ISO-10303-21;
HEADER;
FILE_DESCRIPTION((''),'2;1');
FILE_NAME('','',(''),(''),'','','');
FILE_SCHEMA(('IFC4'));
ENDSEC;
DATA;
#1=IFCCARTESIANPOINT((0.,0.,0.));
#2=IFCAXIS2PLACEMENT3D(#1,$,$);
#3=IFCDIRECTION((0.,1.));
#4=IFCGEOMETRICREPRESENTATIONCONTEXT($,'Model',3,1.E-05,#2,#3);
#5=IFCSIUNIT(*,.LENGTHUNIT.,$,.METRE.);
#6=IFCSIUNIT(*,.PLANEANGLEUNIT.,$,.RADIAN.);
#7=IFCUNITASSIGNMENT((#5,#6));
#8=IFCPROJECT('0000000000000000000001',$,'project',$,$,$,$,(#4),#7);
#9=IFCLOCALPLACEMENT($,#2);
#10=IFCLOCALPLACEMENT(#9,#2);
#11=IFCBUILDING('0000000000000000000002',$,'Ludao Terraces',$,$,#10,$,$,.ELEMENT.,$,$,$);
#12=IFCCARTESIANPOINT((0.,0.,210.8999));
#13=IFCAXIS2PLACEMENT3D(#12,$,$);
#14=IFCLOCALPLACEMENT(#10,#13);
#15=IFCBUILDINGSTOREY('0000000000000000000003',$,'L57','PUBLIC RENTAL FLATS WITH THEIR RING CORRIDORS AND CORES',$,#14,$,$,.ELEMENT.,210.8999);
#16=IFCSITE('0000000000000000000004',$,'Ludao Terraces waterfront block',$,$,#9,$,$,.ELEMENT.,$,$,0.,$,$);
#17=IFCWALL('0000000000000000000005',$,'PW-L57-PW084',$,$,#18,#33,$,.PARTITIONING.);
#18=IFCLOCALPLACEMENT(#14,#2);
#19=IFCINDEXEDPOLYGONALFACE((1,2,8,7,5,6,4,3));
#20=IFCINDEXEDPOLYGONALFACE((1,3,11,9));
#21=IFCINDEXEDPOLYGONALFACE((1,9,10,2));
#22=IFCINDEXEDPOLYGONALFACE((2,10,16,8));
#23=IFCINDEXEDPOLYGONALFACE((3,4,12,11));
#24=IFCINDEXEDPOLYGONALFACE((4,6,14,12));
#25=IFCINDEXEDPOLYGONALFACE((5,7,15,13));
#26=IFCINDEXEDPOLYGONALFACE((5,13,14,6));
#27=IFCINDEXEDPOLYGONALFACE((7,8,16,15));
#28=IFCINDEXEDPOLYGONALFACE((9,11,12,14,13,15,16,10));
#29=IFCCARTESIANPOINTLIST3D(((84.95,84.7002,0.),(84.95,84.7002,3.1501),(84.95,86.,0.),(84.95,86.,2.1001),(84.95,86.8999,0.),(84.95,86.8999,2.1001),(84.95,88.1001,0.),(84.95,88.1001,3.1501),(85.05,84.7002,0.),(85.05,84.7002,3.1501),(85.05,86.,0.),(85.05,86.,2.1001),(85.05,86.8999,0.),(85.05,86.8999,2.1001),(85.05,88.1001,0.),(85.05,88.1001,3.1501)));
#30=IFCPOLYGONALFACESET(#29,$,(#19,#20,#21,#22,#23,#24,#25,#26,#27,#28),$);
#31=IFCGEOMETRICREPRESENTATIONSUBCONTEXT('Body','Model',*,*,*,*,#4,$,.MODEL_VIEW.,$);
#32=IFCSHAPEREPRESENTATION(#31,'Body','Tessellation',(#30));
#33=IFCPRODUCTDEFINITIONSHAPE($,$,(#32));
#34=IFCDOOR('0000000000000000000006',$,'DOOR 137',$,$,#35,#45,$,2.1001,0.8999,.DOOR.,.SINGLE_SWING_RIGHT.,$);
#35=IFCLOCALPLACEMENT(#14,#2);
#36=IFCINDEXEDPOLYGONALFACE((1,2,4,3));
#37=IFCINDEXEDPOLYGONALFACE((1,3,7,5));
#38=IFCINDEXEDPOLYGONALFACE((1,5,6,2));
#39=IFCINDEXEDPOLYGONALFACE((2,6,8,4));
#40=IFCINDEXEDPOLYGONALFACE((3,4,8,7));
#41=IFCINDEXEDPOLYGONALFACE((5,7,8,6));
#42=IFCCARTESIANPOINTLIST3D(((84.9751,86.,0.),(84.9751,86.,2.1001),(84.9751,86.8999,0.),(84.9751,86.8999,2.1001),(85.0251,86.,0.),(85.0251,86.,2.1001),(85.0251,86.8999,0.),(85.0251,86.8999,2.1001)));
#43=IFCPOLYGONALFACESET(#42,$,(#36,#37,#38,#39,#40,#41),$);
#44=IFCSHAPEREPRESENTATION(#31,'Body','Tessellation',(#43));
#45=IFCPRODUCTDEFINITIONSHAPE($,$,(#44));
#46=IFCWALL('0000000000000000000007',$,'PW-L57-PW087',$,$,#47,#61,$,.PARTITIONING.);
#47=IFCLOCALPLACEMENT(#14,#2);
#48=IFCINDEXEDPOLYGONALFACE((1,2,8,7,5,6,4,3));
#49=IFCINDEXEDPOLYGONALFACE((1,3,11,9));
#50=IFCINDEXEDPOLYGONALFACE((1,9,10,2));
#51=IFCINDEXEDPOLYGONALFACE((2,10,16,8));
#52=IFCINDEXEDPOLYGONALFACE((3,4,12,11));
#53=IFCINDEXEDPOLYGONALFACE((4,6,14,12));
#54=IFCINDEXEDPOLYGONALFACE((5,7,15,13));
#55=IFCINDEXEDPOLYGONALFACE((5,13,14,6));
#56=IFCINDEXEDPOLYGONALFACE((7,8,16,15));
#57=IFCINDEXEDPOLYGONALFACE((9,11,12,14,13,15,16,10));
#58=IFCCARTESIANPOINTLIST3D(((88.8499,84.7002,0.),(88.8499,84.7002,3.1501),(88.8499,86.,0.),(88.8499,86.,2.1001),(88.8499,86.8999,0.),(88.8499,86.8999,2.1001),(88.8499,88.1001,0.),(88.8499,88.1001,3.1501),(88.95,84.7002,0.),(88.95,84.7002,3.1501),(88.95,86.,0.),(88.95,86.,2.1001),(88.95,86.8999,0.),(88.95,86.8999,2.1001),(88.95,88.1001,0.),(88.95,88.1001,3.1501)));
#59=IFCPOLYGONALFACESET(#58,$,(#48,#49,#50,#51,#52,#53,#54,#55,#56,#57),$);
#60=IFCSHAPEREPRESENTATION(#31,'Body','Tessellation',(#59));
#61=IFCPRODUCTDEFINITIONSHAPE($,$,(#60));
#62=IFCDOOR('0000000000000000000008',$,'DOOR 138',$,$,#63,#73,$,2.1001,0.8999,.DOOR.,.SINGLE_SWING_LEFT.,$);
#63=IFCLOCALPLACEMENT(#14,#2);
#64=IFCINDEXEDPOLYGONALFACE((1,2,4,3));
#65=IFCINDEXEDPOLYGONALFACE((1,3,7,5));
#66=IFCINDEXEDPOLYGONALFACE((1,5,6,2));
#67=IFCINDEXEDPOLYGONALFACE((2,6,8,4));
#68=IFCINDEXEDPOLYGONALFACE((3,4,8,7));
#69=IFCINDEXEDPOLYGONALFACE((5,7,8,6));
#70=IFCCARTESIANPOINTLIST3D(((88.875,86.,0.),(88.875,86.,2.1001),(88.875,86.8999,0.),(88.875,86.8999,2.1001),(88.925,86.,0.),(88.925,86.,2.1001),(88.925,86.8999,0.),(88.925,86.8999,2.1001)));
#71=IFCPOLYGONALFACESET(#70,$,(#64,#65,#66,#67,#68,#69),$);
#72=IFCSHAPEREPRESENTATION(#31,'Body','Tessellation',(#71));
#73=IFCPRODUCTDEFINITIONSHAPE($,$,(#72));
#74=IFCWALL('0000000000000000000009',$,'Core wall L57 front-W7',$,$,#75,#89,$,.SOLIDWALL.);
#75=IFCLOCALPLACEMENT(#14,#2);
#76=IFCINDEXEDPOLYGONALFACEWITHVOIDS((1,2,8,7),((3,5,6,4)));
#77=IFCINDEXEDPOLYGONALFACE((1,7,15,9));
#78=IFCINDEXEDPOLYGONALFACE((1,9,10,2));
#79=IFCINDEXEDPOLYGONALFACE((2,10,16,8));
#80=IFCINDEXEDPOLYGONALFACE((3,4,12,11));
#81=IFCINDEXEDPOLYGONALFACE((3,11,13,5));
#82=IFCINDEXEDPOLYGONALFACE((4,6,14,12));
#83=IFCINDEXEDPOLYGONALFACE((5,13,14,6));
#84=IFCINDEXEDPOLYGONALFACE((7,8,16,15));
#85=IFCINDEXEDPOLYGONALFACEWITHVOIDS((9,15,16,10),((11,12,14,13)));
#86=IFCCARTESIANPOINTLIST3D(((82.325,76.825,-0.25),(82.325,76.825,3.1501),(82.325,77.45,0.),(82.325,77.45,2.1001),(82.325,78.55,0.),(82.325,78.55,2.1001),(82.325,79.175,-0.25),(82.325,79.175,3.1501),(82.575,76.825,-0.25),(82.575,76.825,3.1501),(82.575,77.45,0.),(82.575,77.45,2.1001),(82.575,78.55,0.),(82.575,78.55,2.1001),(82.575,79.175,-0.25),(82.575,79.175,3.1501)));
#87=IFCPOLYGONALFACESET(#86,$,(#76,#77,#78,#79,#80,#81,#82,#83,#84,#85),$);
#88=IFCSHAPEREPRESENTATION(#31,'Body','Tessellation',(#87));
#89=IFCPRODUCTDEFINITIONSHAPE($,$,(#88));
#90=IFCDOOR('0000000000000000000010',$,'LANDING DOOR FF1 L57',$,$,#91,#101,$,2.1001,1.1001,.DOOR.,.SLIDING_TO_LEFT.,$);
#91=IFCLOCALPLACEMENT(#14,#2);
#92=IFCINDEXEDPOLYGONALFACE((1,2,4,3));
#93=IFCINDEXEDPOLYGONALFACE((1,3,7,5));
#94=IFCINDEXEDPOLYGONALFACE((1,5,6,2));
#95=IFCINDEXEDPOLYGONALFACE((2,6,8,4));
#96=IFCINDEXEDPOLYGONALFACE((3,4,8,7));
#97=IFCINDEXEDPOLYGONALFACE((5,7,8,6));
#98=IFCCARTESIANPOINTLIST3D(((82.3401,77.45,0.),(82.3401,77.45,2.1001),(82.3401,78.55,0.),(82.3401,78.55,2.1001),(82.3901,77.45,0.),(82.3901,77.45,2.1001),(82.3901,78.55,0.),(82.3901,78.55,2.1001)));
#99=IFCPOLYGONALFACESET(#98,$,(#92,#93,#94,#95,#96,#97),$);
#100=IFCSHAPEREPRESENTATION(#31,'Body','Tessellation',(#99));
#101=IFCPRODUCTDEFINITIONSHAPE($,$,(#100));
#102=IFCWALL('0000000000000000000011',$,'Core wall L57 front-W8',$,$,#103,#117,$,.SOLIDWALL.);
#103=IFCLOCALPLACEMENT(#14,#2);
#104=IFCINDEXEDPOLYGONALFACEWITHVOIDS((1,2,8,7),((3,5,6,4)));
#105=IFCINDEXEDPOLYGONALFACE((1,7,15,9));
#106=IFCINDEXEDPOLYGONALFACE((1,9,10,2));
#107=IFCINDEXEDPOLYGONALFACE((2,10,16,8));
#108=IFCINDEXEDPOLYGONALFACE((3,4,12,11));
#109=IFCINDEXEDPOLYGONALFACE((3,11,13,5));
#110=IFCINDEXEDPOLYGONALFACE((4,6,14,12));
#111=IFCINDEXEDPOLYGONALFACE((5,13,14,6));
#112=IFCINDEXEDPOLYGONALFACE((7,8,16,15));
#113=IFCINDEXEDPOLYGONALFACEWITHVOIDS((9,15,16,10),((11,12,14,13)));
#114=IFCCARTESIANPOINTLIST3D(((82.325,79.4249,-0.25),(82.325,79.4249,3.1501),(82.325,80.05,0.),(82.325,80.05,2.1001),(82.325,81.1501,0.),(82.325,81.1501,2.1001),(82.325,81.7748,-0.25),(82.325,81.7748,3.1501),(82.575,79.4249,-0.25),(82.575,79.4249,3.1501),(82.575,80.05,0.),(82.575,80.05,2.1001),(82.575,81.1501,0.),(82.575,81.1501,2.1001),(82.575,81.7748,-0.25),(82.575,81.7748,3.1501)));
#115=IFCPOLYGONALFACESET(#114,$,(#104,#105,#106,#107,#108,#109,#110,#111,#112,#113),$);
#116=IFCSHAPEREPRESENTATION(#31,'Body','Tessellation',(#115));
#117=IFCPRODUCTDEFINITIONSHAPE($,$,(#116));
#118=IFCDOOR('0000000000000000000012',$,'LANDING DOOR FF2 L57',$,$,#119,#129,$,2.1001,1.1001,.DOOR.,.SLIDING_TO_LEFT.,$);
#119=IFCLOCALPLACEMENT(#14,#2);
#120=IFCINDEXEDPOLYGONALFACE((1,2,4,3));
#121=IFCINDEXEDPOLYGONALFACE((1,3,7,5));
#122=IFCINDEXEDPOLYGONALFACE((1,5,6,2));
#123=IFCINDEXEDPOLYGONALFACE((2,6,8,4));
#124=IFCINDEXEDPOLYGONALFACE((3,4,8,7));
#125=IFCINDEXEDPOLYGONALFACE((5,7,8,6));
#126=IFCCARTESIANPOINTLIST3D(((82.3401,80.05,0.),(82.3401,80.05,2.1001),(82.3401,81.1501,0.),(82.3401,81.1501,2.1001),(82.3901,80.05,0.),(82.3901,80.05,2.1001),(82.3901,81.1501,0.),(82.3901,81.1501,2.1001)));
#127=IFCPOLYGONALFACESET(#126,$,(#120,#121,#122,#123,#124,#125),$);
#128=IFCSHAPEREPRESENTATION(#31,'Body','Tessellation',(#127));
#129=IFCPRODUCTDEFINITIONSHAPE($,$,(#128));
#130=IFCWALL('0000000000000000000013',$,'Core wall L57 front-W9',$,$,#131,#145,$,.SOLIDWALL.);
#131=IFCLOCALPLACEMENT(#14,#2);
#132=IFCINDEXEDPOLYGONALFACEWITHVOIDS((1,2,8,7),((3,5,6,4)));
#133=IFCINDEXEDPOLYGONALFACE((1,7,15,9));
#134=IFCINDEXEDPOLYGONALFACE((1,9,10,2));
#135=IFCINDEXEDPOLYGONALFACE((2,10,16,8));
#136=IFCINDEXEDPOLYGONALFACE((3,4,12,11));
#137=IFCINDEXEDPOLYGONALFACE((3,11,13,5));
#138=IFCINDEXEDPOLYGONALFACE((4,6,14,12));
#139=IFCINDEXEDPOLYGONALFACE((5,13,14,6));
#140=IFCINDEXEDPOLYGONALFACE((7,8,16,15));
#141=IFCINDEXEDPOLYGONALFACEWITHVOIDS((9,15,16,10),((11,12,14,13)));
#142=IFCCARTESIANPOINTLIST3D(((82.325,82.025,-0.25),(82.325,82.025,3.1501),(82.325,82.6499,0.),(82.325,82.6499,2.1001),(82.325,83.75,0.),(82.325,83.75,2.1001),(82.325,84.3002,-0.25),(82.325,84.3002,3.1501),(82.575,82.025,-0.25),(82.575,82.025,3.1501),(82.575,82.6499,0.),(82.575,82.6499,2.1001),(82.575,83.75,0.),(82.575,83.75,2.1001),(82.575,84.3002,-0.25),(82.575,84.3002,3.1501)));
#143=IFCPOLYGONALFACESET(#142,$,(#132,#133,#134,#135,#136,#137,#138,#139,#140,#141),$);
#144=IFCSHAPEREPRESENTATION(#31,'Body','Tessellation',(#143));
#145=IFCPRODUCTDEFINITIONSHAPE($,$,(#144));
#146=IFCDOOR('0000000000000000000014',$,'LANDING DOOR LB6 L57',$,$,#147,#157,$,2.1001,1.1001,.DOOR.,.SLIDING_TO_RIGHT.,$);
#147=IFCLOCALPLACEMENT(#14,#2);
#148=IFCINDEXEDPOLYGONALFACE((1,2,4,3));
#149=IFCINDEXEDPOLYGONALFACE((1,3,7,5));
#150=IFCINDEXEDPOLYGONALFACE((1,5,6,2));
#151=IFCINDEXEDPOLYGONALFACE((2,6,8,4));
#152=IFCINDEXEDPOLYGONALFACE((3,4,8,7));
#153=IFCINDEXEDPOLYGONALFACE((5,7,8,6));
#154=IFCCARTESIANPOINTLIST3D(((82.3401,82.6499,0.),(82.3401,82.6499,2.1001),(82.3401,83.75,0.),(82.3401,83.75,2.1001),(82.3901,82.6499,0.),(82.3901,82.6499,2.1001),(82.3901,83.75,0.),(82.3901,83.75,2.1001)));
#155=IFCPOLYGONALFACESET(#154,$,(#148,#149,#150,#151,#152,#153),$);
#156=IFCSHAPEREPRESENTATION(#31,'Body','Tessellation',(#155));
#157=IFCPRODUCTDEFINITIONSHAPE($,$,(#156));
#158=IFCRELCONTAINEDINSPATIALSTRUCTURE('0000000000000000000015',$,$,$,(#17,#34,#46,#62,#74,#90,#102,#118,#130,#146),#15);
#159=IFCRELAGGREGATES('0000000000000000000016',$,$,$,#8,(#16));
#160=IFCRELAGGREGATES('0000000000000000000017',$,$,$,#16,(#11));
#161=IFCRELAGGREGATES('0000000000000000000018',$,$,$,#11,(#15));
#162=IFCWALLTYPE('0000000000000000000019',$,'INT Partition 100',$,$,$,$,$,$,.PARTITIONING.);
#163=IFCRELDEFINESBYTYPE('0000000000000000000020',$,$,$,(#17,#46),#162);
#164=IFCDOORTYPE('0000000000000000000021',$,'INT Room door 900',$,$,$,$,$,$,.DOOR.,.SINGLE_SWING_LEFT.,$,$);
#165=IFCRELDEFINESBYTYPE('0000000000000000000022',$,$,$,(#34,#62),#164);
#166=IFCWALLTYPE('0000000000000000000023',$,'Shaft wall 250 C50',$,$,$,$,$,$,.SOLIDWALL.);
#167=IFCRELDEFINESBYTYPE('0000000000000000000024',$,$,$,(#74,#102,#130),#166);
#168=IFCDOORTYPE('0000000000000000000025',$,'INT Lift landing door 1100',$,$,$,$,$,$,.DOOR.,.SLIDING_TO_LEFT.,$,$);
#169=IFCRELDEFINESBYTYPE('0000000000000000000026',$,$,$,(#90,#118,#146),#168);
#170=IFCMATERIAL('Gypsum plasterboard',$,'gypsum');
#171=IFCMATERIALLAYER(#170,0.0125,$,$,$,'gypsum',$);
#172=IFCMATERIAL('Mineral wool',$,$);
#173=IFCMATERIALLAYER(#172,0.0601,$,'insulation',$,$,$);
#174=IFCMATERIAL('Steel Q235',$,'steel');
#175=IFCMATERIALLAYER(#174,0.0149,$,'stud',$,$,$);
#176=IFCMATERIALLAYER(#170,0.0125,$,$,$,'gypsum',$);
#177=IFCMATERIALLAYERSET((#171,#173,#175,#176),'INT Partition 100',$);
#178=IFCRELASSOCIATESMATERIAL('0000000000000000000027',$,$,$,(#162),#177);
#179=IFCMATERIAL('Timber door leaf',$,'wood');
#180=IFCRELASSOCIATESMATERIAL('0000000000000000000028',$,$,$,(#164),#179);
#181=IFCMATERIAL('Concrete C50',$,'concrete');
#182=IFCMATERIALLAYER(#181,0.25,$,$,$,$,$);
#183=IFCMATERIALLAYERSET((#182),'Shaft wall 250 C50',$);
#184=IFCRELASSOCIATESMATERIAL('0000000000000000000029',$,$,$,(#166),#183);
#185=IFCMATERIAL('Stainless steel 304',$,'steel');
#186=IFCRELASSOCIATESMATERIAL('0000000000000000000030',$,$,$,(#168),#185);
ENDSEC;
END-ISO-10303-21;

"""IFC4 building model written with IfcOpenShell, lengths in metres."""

from ifc_helpers import new_model, si_unit, direction, frame, frame_2d, origin, place, context, subcontext, project, spatial, rectangle, extrude, material, layer, layer_set, type_object, element, fill, save


model = new_model("IFC4")

# Units and contexts
model_context = context("Model", 3, precision=1e-05, world=origin(), true_north=direction((0.0, 1.0)))
body_context = subcontext(model_context, "Body", "Model", "MODEL_VIEW")
ifc_project = project(units=[si_unit("LENGTHUNIT", "METRE"), si_unit("PLANEANGLEUNIT", "RADIAN")], contexts=[model_context])

# Site, building, storey
site_placement = place(None, origin())
site = spatial("IfcSite", under=ifc_project, at=site_placement, Name="Ludao Terraces waterfront block", CompositionType="ELEMENT", RefElevation=0.0)
building_placement = place(site_placement, origin())
building = spatial("IfcBuilding", under=site, at=building_placement, Name="Ludao Terraces", CompositionType="ELEMENT")
storey_placement = place(building_placement, frame((0.0, 0.0, 210.8999)))
storey = spatial("IfcBuildingStorey", under=building, at=storey_placement, Name="L57", Description="PUBLIC RENTAL FLATS WITH THEIR RING CORRIDORS AND CORES", CompositionType="ELEMENT", Elevation=210.8999)

# Walls, openings, doors
ifc_material_1 = material(Name="Gypsum plasterboard", Category="gypsum")
ifc_layer_1 = layer(ifc_material_1, 0.0125, Category="gypsum")
ifc_material_2 = material(Name="Mineral wool")
ifc_layer_2 = layer(ifc_material_2, 0.0601, Name="insulation")
ifc_material_3 = material(Name="Steel Q235", Category="steel")
ifc_layer_3 = layer(ifc_material_3, 0.0149, Name="stud")
ifc_layer_4 = layer(ifc_material_1, 0.0125, Category="gypsum")
ifc_layer_set_1 = layer_set([ifc_layer_1, ifc_layer_2, ifc_layer_3, ifc_layer_4], Name="INT Partition 100")
wall_type_1 = type_object("IfcWallType", Name="INT Partition 100", PredefinedType="PARTITIONING", material=ifc_layer_set_1)
wall_1_placement = place(storey_placement, frame((85.0, 84.7002, 0.0), z_axis=(0.0, 0.0, 1.0), x_axis=(0.0, 1.0, 0.0)))
wall_1 = element("IfcWall", 1, at=wall_1_placement, inside=storey, type_object=wall_type_1, Name="PW-L57-PW084", PredefinedType="PARTITIONING", context=body_context, shape_type="SweptSolid", body=[
    extrude(rectangle(XDim=3.3999, YDim=0.1001, at=frame_2d((1.7, 0.0))), origin(), (0.0, 0.0, 1.0), 3.1501),
])
opening_1_placement = place(wall_1_placement, frame((1.2998, 0.0, 0.0)))
opening_1 = element("IfcOpeningElement", 2, at=opening_1_placement, cuts=wall_1, PredefinedType="OPENING", context=body_context, shape_type="SweptSolid", body=[
    extrude(rectangle(XDim=0.8999, YDim=2.1001, at=frame_2d((0.45, 1.05))), frame((0.0, 0.0601, 0.0), z_axis=(0.0, -1.0, 0.0), x_axis=(1.0, 0.0, 0.0)), (0.0, 0.0, 1.0), 0.1201),
])
ifc_material_4 = material(Name="Timber door leaf", Category="wood")
door_type_1 = type_object("IfcDoorType", Name="INT Room door 900", OperationType="SINGLE_SWING_LEFT", PredefinedType="DOOR", material=ifc_material_4)
door_1_placement = place(opening_1_placement, origin())
door_1 = element("IfcDoor", 3, at=door_1_placement, inside=storey, type_object=door_type_1, Name="DOOR 137", OperationType="SINGLE_SWING_RIGHT", OverallHeight=2.1001, OverallWidth=0.8999, PredefinedType="DOOR", context=body_context, shape_type="SweptSolid", body=[
    extrude(rectangle(XDim=0.8999, YDim=2.1001, at=frame_2d((0.45, 1.05))), frame((0.0, 0.0249, 0.0), z_axis=(0.0, -1.0, 0.0), x_axis=(1.0, 0.0, 0.0)), (0.0, 0.0, 1.0), 0.05),
])
fill(opening_1, door_1)
wall_2_placement = place(storey_placement, frame((88.8999, 84.7002, 0.0), z_axis=(0.0, 0.0, 1.0), x_axis=(0.0, 1.0, 0.0)))
wall_2 = element("IfcWall", 4, at=wall_2_placement, inside=storey, type_object=wall_type_1, Name="PW-L57-PW087", PredefinedType="PARTITIONING", context=body_context, shape_type="SweptSolid", body=[
    extrude(rectangle(XDim=3.3999, YDim=0.1001, at=frame_2d((1.7, 0.0))), origin(), (0.0, 0.0, 1.0), 3.1501),
])
opening_2_placement = place(wall_2_placement, frame((1.2998, 0.0, 0.0)))
opening_2 = element("IfcOpeningElement", 5, at=opening_2_placement, cuts=wall_2, PredefinedType="OPENING", context=body_context, shape_type="SweptSolid", body=[
    extrude(rectangle(XDim=0.8999, YDim=2.1001, at=frame_2d((0.45, 1.05))), frame((0.0, 0.0601, 0.0), z_axis=(0.0, -1.0, 0.0), x_axis=(1.0, 0.0, 0.0)), (0.0, 0.0, 1.0), 0.1201),
])
door_2_placement = place(opening_2_placement, origin())
door_2 = element("IfcDoor", 6, at=door_2_placement, inside=storey, type_object=door_type_1, Name="DOOR 138", OperationType="SINGLE_SWING_LEFT", OverallHeight=2.1001, OverallWidth=0.8999, PredefinedType="DOOR", context=body_context, shape_type="SweptSolid", body=[
    extrude(rectangle(XDim=0.8999, YDim=2.1001, at=frame_2d((0.45, 1.05))), frame((0.0, 0.0249, 0.0), z_axis=(0.0, -1.0, 0.0), x_axis=(1.0, 0.0, 0.0)), (0.0, 0.0, 1.0), 0.05),
])
fill(opening_2, door_2)
ifc_material_5 = material(Name="Concrete C50", Category="concrete")
ifc_layer_5 = layer(ifc_material_5, 0.25)
ifc_layer_set_2 = layer_set([ifc_layer_5], Name="Shaft wall 250 C50")
wall_type_2 = type_object("IfcWallType", Name="Shaft wall 250 C50", PredefinedType="SOLIDWALL", material=ifc_layer_set_2)
wall_3_placement = place(storey_placement, frame((82.45, 76.825, -0.25), z_axis=(0.0, 0.0, 1.0), x_axis=(0.0, 1.0, 0.0)))
wall_3 = element("IfcWall", 7, at=wall_3_placement, inside=storey, type_object=wall_type_2, Name="Core wall L57 front-W7", PredefinedType="SOLIDWALL", context=body_context, shape_type="SweptSolid", body=[
    extrude(rectangle(XDim=2.3501, YDim=0.25, at=frame_2d((1.175, 0.0))), origin(), (0.0, 0.0, 1.0), 3.4001),
])
opening_3_placement = place(wall_3_placement, frame((0.625, 0.0, 0.25)))
opening_3 = element("IfcOpeningElement", 8, at=opening_3_placement, cuts=wall_3, PredefinedType="OPENING", context=body_context, shape_type="SweptSolid", body=[
    extrude(rectangle(XDim=1.1001, YDim=2.1001, at=frame_2d((0.55, 1.05))), frame((0.0, 0.135, 0.0), z_axis=(0.0, -1.0, 0.0), x_axis=(1.0, 0.0, 0.0)), (0.0, 0.0, 1.0), 0.27),
])
ifc_material_6 = material(Name="Stainless steel 304", Category="steel")
door_type_2 = type_object("IfcDoorType", Name="INT Lift landing door 1100", OperationType="SLIDING_TO_LEFT", PredefinedType="DOOR", material=ifc_material_6)
door_3_placement = place(opening_3_placement, origin())
door_3 = element("IfcDoor", 9, at=door_3_placement, inside=storey, type_object=door_type_2, Name="LANDING DOOR FF1 L57", OperationType="SLIDING_TO_LEFT", OverallHeight=2.1001, OverallWidth=1.1001, PredefinedType="DOOR", context=body_context, shape_type="SweptSolid", body=[
    extrude(rectangle(XDim=1.1001, YDim=2.1001, at=frame_2d((0.55, 1.05))), frame((0.0, 0.1099, 0.0), z_axis=(0.0, -1.0, 0.0), x_axis=(1.0, 0.0, 0.0)), (0.0, 0.0, 1.0), 0.05),
])
fill(opening_3, door_3)
wall_4_placement = place(storey_placement, frame((82.45, 79.425, -0.25), z_axis=(0.0, 0.0, 1.0), x_axis=(0.0, 1.0, 0.0)))
wall_4 = element("IfcWall", 10, at=wall_4_placement, inside=storey, type_object=wall_type_2, Name="Core wall L57 front-W8", PredefinedType="SOLIDWALL", context=body_context, shape_type="SweptSolid", body=[
    extrude(rectangle(XDim=2.3499, YDim=0.25, at=frame_2d((1.1748, 0.0))), origin(), (0.0, 0.0, 1.0), 3.4001),
])
opening_4_placement = place(wall_4_placement, frame((0.625, 0.0, 0.25)))
opening_4 = element("IfcOpeningElement", 11, at=opening_4_placement, cuts=wall_4, PredefinedType="OPENING", context=body_context, shape_type="SweptSolid", body=[
    extrude(rectangle(XDim=1.1001, YDim=2.1001, at=frame_2d((0.55, 1.05))), frame((0.0, 0.135, 0.0), z_axis=(0.0, -1.0, 0.0), x_axis=(1.0, 0.0, 0.0)), (0.0, 0.0, 1.0), 0.27),
])
door_4_placement = place(opening_4_placement, origin())
door_4 = element("IfcDoor", 12, at=door_4_placement, inside=storey, type_object=door_type_2, Name="LANDING DOOR FF2 L57", OperationType="SLIDING_TO_LEFT", OverallHeight=2.1001, OverallWidth=1.1001, PredefinedType="DOOR", context=body_context, shape_type="SweptSolid", body=[
    extrude(rectangle(XDim=1.1001, YDim=2.1001, at=frame_2d((0.55, 1.05))), frame((0.0, 0.1099, 0.0), z_axis=(0.0, -1.0, 0.0), x_axis=(1.0, 0.0, 0.0)), (0.0, 0.0, 1.0), 0.05),
])
fill(opening_4, door_4)
wall_5_placement = place(storey_placement, frame((82.45, 82.0249, -0.25), z_axis=(0.0, 0.0, 1.0), x_axis=(0.0, 1.0, 0.0)))
wall_5 = element("IfcWall", 13, at=wall_5_placement, inside=storey, type_object=wall_type_2, Name="Core wall L57 front-W9", PredefinedType="SOLIDWALL", context=body_context, shape_type="SweptSolid", body=[
    extrude(rectangle(XDim=2.2751, YDim=0.25, at=frame_2d((1.1377, 0.0))), origin(), (0.0, 0.0, 1.0), 3.4001),
])
opening_5_placement = place(wall_5_placement, frame((0.625, 0.0, 0.25)))
opening_5 = element("IfcOpeningElement", 14, at=opening_5_placement, cuts=wall_5, PredefinedType="OPENING", context=body_context, shape_type="SweptSolid", body=[
    extrude(rectangle(XDim=1.1001, YDim=2.1001, at=frame_2d((0.55, 1.05))), frame((0.0, 0.135, 0.0), z_axis=(0.0, -1.0, 0.0), x_axis=(1.0, 0.0, 0.0)), (0.0, 0.0, 1.0), 0.27),
])
door_5_placement = place(opening_5_placement, origin())
door_5 = element("IfcDoor", 15, at=door_5_placement, inside=storey, type_object=door_type_2, Name="LANDING DOOR LB6 L57", OperationType="SLIDING_TO_RIGHT", OverallHeight=2.1001, OverallWidth=1.1001, PredefinedType="DOOR", context=body_context, shape_type="SweptSolid", body=[
    extrude(rectangle(XDim=1.1001, YDim=2.1001, at=frame_2d((0.55, 1.05))), frame((0.0, 0.1099, 0.0), z_axis=(0.0, -1.0, 0.0), x_axis=(1.0, 0.0, 0.0)), (0.0, 0.0, 1.0), 0.05),
])
fill(opening_5, door_5)

save(model, "model.ifc")
